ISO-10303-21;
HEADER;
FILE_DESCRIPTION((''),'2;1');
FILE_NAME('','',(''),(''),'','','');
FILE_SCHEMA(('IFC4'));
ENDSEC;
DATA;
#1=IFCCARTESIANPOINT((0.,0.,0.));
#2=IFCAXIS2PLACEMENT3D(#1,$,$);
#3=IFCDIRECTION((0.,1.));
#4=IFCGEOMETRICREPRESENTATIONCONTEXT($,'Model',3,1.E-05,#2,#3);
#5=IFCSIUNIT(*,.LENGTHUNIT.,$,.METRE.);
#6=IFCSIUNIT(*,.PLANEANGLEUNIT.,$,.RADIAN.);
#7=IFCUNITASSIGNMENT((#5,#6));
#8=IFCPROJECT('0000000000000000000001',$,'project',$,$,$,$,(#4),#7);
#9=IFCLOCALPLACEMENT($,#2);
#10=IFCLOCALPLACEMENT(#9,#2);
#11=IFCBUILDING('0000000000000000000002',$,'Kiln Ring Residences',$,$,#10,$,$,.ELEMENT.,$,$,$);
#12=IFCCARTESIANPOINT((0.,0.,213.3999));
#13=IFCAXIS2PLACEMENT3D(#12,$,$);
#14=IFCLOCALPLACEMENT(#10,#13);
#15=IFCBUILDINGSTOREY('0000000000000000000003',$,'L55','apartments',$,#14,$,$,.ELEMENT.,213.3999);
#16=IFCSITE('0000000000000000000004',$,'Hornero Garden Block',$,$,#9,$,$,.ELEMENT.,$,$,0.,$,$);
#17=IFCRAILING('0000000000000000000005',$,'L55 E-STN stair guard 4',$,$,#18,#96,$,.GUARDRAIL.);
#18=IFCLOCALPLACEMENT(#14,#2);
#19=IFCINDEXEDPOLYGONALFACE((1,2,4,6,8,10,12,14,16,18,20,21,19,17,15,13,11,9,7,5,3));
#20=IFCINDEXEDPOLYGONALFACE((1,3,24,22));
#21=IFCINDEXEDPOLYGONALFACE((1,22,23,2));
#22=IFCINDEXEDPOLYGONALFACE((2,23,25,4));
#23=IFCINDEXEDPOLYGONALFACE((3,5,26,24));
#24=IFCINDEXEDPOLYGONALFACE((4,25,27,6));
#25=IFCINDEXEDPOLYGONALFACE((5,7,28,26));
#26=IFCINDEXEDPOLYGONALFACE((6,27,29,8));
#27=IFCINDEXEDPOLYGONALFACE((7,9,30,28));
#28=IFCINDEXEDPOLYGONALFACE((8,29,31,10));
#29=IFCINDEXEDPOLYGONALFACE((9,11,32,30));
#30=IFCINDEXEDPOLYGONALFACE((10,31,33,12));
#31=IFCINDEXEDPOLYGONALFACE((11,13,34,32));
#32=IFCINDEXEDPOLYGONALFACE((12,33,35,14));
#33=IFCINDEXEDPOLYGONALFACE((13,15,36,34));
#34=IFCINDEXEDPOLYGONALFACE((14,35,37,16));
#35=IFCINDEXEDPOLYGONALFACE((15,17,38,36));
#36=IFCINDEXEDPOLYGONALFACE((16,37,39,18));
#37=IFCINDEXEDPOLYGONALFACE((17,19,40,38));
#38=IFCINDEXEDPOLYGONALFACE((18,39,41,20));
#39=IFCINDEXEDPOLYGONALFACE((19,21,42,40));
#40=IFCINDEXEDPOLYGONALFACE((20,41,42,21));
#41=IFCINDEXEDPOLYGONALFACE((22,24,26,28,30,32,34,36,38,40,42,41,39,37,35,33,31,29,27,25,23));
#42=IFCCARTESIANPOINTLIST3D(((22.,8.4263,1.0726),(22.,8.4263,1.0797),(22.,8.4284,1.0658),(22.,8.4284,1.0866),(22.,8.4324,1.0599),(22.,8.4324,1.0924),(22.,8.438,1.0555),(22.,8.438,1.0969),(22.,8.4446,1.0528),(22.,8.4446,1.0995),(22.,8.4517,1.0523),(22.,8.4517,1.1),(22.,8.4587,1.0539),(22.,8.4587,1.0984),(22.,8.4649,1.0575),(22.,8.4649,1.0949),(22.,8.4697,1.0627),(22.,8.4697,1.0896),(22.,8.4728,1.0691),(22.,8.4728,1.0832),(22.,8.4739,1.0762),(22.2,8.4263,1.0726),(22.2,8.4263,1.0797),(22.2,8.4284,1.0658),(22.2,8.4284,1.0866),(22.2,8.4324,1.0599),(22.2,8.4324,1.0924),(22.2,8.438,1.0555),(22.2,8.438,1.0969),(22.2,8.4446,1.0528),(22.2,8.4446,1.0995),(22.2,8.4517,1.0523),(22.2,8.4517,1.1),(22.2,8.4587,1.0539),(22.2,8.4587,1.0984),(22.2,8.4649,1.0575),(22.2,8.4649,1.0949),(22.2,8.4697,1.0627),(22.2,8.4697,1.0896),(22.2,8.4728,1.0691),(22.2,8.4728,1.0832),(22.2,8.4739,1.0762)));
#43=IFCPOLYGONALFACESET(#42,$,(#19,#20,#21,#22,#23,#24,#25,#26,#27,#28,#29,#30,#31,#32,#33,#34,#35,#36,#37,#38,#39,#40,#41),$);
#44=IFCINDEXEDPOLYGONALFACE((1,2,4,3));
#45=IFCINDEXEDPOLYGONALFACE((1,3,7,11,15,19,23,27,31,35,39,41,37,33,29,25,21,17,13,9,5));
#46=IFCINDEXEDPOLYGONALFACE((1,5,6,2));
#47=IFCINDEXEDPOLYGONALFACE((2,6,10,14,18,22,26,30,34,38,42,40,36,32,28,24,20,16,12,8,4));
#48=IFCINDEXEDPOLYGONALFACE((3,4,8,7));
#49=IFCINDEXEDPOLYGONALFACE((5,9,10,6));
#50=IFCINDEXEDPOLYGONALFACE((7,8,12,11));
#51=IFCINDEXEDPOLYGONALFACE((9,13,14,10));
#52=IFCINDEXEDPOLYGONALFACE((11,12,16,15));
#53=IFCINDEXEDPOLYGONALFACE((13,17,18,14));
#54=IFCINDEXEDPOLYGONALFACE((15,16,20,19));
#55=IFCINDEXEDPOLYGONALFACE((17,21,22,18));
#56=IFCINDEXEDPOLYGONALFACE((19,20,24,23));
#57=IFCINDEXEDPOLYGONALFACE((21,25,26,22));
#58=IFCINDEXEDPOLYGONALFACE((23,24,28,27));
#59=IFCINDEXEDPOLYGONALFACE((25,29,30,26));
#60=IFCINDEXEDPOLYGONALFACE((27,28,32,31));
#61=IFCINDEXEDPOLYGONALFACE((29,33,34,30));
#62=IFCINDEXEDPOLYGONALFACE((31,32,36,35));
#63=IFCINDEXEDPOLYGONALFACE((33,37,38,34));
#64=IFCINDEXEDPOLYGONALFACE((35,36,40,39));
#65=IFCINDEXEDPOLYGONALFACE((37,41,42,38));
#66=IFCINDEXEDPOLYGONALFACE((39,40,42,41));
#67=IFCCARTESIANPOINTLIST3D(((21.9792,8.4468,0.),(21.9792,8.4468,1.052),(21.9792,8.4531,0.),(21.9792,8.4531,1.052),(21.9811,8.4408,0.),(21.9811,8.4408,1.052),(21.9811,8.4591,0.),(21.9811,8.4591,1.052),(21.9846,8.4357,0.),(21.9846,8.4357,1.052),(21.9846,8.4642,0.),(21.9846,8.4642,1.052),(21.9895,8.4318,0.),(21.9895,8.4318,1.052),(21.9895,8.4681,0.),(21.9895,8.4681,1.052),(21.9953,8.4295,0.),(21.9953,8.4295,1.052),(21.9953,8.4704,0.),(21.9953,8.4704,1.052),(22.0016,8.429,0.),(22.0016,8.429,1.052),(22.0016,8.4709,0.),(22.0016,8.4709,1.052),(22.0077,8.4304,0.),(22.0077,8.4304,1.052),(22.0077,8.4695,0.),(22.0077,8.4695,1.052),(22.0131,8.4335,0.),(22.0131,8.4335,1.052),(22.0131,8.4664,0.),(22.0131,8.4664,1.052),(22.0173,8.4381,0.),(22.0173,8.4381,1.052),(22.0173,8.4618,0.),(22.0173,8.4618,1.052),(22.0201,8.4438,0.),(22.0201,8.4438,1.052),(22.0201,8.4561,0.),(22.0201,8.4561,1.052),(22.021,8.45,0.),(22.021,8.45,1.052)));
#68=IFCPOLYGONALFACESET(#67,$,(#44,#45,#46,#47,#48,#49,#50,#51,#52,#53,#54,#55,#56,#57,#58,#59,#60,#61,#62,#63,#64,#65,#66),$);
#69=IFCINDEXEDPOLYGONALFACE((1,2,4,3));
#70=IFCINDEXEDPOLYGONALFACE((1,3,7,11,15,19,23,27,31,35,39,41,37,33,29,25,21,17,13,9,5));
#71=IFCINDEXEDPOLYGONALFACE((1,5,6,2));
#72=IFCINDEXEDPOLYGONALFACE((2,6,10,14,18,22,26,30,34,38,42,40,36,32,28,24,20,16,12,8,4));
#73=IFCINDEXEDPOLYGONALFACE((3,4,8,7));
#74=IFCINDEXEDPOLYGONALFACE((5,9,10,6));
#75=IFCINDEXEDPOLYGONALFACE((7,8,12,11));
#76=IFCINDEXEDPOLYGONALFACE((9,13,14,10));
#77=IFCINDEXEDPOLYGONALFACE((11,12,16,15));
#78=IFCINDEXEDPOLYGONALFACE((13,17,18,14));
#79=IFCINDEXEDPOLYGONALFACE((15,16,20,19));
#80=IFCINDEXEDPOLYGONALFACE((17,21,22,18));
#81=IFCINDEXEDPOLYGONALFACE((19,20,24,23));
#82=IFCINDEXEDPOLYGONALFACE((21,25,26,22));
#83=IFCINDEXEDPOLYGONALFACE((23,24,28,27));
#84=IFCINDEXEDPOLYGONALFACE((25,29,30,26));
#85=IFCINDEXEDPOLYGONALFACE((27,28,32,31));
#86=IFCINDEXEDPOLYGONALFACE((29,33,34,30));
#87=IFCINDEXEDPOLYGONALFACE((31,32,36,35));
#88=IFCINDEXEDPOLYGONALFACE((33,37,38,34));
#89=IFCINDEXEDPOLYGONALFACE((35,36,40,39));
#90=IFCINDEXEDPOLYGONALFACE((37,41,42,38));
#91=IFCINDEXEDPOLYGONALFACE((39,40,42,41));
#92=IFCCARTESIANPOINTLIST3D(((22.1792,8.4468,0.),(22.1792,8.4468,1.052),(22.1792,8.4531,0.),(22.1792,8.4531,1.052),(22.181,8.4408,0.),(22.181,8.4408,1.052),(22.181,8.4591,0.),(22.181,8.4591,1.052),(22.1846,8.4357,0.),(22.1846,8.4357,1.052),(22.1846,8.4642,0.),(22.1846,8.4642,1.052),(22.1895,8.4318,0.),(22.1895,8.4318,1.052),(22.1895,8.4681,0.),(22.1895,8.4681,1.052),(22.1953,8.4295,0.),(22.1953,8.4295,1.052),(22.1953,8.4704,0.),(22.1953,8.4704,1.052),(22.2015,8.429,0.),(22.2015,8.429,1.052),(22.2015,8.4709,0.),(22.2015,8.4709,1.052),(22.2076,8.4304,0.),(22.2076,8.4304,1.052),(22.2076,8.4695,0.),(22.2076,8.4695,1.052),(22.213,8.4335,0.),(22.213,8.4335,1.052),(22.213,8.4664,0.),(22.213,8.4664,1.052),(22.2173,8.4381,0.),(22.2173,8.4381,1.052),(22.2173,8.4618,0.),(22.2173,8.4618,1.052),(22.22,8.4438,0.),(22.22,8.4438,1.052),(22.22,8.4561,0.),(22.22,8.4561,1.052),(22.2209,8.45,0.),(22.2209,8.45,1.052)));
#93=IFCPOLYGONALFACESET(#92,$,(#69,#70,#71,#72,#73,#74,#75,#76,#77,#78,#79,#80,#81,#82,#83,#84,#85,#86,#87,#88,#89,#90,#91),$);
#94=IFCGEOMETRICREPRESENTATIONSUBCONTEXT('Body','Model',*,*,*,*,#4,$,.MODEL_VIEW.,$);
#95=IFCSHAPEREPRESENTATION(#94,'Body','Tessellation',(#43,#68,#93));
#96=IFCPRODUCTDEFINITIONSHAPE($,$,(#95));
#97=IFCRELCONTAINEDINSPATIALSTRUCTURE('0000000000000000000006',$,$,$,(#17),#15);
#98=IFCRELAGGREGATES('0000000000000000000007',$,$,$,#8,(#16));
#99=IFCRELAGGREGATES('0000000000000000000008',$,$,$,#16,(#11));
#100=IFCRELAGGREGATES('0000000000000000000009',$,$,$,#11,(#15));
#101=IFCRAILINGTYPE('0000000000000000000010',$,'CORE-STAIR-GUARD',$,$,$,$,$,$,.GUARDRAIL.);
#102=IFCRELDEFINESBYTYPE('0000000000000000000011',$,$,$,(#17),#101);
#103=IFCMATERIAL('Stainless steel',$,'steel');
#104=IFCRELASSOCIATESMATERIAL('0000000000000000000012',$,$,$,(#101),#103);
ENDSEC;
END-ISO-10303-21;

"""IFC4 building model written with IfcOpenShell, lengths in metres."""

from ifc_helpers import new_model, si_unit, direction, frame, origin, origin_2d, place, context, subcontext, project, spatial, circle, extrude, material, type_object, element, save


model = new_model("IFC4")

# Units and contexts
model_context = context("Model", 3, precision=1e-05, world=origin(), true_north=direction((0.0, 1.0)))
body_context = subcontext(model_context, "Body", "Model", "MODEL_VIEW")
ifc_project = project(units=[si_unit("LENGTHUNIT", "METRE"), si_unit("PLANEANGLEUNIT", "RADIAN")], contexts=[model_context])

# Site, building, storey
site_placement = place(None, origin())
site = spatial("IfcSite", under=ifc_project, at=site_placement, Name="Hornero Garden Block", CompositionType="ELEMENT", RefElevation=0.0)
building_placement = place(site_placement, origin())
building = spatial("IfcBuilding", under=site, at=building_placement, Name="Kiln Ring Residences", CompositionType="ELEMENT")
storey_placement = place(building_placement, frame((0.0, 0.0, 213.3999)))
storey = spatial("IfcBuildingStorey", under=building, at=storey_placement, Name="L55", Description="apartments", CompositionType="ELEMENT", Elevation=213.3999)

# Railing
ifc_material_1 = material(Name="Stainless steel", Category="steel")
railing_type = type_object("IfcRailingType", Name="CORE-STAIR-GUARD", PredefinedType="GUARDRAIL", material=ifc_material_1)
railing_placement = place(storey_placement, frame((22.0, 8.45, 0.0)))
element("IfcRailing", 1, at=railing_placement, inside=storey, type_object=railing_type, Name="L55 E-STN stair guard 4", PredefinedType="GUARDRAIL", context=body_context, shape_type="SweptSolid", body=[
    extrude(circle(Radius=0.0239, at=origin_2d()), frame((0.0, 0.0, 1.0762), z_axis=(1.0, 0.0, 0.0), x_axis=(0.0, 1.0, 0.0)), (0.0, 0.0, 1.0), 0.2),
    extrude(circle(Radius=0.021, at=origin_2d()), origin(), (0.0, 0.0, 1.0), 1.052),
    extrude(circle(Radius=0.021, at=origin_2d()), frame((0.2, 0.0, 0.0)), (0.0, 0.0, 1.0), 1.052),
])

save(model, "model.ifc")
